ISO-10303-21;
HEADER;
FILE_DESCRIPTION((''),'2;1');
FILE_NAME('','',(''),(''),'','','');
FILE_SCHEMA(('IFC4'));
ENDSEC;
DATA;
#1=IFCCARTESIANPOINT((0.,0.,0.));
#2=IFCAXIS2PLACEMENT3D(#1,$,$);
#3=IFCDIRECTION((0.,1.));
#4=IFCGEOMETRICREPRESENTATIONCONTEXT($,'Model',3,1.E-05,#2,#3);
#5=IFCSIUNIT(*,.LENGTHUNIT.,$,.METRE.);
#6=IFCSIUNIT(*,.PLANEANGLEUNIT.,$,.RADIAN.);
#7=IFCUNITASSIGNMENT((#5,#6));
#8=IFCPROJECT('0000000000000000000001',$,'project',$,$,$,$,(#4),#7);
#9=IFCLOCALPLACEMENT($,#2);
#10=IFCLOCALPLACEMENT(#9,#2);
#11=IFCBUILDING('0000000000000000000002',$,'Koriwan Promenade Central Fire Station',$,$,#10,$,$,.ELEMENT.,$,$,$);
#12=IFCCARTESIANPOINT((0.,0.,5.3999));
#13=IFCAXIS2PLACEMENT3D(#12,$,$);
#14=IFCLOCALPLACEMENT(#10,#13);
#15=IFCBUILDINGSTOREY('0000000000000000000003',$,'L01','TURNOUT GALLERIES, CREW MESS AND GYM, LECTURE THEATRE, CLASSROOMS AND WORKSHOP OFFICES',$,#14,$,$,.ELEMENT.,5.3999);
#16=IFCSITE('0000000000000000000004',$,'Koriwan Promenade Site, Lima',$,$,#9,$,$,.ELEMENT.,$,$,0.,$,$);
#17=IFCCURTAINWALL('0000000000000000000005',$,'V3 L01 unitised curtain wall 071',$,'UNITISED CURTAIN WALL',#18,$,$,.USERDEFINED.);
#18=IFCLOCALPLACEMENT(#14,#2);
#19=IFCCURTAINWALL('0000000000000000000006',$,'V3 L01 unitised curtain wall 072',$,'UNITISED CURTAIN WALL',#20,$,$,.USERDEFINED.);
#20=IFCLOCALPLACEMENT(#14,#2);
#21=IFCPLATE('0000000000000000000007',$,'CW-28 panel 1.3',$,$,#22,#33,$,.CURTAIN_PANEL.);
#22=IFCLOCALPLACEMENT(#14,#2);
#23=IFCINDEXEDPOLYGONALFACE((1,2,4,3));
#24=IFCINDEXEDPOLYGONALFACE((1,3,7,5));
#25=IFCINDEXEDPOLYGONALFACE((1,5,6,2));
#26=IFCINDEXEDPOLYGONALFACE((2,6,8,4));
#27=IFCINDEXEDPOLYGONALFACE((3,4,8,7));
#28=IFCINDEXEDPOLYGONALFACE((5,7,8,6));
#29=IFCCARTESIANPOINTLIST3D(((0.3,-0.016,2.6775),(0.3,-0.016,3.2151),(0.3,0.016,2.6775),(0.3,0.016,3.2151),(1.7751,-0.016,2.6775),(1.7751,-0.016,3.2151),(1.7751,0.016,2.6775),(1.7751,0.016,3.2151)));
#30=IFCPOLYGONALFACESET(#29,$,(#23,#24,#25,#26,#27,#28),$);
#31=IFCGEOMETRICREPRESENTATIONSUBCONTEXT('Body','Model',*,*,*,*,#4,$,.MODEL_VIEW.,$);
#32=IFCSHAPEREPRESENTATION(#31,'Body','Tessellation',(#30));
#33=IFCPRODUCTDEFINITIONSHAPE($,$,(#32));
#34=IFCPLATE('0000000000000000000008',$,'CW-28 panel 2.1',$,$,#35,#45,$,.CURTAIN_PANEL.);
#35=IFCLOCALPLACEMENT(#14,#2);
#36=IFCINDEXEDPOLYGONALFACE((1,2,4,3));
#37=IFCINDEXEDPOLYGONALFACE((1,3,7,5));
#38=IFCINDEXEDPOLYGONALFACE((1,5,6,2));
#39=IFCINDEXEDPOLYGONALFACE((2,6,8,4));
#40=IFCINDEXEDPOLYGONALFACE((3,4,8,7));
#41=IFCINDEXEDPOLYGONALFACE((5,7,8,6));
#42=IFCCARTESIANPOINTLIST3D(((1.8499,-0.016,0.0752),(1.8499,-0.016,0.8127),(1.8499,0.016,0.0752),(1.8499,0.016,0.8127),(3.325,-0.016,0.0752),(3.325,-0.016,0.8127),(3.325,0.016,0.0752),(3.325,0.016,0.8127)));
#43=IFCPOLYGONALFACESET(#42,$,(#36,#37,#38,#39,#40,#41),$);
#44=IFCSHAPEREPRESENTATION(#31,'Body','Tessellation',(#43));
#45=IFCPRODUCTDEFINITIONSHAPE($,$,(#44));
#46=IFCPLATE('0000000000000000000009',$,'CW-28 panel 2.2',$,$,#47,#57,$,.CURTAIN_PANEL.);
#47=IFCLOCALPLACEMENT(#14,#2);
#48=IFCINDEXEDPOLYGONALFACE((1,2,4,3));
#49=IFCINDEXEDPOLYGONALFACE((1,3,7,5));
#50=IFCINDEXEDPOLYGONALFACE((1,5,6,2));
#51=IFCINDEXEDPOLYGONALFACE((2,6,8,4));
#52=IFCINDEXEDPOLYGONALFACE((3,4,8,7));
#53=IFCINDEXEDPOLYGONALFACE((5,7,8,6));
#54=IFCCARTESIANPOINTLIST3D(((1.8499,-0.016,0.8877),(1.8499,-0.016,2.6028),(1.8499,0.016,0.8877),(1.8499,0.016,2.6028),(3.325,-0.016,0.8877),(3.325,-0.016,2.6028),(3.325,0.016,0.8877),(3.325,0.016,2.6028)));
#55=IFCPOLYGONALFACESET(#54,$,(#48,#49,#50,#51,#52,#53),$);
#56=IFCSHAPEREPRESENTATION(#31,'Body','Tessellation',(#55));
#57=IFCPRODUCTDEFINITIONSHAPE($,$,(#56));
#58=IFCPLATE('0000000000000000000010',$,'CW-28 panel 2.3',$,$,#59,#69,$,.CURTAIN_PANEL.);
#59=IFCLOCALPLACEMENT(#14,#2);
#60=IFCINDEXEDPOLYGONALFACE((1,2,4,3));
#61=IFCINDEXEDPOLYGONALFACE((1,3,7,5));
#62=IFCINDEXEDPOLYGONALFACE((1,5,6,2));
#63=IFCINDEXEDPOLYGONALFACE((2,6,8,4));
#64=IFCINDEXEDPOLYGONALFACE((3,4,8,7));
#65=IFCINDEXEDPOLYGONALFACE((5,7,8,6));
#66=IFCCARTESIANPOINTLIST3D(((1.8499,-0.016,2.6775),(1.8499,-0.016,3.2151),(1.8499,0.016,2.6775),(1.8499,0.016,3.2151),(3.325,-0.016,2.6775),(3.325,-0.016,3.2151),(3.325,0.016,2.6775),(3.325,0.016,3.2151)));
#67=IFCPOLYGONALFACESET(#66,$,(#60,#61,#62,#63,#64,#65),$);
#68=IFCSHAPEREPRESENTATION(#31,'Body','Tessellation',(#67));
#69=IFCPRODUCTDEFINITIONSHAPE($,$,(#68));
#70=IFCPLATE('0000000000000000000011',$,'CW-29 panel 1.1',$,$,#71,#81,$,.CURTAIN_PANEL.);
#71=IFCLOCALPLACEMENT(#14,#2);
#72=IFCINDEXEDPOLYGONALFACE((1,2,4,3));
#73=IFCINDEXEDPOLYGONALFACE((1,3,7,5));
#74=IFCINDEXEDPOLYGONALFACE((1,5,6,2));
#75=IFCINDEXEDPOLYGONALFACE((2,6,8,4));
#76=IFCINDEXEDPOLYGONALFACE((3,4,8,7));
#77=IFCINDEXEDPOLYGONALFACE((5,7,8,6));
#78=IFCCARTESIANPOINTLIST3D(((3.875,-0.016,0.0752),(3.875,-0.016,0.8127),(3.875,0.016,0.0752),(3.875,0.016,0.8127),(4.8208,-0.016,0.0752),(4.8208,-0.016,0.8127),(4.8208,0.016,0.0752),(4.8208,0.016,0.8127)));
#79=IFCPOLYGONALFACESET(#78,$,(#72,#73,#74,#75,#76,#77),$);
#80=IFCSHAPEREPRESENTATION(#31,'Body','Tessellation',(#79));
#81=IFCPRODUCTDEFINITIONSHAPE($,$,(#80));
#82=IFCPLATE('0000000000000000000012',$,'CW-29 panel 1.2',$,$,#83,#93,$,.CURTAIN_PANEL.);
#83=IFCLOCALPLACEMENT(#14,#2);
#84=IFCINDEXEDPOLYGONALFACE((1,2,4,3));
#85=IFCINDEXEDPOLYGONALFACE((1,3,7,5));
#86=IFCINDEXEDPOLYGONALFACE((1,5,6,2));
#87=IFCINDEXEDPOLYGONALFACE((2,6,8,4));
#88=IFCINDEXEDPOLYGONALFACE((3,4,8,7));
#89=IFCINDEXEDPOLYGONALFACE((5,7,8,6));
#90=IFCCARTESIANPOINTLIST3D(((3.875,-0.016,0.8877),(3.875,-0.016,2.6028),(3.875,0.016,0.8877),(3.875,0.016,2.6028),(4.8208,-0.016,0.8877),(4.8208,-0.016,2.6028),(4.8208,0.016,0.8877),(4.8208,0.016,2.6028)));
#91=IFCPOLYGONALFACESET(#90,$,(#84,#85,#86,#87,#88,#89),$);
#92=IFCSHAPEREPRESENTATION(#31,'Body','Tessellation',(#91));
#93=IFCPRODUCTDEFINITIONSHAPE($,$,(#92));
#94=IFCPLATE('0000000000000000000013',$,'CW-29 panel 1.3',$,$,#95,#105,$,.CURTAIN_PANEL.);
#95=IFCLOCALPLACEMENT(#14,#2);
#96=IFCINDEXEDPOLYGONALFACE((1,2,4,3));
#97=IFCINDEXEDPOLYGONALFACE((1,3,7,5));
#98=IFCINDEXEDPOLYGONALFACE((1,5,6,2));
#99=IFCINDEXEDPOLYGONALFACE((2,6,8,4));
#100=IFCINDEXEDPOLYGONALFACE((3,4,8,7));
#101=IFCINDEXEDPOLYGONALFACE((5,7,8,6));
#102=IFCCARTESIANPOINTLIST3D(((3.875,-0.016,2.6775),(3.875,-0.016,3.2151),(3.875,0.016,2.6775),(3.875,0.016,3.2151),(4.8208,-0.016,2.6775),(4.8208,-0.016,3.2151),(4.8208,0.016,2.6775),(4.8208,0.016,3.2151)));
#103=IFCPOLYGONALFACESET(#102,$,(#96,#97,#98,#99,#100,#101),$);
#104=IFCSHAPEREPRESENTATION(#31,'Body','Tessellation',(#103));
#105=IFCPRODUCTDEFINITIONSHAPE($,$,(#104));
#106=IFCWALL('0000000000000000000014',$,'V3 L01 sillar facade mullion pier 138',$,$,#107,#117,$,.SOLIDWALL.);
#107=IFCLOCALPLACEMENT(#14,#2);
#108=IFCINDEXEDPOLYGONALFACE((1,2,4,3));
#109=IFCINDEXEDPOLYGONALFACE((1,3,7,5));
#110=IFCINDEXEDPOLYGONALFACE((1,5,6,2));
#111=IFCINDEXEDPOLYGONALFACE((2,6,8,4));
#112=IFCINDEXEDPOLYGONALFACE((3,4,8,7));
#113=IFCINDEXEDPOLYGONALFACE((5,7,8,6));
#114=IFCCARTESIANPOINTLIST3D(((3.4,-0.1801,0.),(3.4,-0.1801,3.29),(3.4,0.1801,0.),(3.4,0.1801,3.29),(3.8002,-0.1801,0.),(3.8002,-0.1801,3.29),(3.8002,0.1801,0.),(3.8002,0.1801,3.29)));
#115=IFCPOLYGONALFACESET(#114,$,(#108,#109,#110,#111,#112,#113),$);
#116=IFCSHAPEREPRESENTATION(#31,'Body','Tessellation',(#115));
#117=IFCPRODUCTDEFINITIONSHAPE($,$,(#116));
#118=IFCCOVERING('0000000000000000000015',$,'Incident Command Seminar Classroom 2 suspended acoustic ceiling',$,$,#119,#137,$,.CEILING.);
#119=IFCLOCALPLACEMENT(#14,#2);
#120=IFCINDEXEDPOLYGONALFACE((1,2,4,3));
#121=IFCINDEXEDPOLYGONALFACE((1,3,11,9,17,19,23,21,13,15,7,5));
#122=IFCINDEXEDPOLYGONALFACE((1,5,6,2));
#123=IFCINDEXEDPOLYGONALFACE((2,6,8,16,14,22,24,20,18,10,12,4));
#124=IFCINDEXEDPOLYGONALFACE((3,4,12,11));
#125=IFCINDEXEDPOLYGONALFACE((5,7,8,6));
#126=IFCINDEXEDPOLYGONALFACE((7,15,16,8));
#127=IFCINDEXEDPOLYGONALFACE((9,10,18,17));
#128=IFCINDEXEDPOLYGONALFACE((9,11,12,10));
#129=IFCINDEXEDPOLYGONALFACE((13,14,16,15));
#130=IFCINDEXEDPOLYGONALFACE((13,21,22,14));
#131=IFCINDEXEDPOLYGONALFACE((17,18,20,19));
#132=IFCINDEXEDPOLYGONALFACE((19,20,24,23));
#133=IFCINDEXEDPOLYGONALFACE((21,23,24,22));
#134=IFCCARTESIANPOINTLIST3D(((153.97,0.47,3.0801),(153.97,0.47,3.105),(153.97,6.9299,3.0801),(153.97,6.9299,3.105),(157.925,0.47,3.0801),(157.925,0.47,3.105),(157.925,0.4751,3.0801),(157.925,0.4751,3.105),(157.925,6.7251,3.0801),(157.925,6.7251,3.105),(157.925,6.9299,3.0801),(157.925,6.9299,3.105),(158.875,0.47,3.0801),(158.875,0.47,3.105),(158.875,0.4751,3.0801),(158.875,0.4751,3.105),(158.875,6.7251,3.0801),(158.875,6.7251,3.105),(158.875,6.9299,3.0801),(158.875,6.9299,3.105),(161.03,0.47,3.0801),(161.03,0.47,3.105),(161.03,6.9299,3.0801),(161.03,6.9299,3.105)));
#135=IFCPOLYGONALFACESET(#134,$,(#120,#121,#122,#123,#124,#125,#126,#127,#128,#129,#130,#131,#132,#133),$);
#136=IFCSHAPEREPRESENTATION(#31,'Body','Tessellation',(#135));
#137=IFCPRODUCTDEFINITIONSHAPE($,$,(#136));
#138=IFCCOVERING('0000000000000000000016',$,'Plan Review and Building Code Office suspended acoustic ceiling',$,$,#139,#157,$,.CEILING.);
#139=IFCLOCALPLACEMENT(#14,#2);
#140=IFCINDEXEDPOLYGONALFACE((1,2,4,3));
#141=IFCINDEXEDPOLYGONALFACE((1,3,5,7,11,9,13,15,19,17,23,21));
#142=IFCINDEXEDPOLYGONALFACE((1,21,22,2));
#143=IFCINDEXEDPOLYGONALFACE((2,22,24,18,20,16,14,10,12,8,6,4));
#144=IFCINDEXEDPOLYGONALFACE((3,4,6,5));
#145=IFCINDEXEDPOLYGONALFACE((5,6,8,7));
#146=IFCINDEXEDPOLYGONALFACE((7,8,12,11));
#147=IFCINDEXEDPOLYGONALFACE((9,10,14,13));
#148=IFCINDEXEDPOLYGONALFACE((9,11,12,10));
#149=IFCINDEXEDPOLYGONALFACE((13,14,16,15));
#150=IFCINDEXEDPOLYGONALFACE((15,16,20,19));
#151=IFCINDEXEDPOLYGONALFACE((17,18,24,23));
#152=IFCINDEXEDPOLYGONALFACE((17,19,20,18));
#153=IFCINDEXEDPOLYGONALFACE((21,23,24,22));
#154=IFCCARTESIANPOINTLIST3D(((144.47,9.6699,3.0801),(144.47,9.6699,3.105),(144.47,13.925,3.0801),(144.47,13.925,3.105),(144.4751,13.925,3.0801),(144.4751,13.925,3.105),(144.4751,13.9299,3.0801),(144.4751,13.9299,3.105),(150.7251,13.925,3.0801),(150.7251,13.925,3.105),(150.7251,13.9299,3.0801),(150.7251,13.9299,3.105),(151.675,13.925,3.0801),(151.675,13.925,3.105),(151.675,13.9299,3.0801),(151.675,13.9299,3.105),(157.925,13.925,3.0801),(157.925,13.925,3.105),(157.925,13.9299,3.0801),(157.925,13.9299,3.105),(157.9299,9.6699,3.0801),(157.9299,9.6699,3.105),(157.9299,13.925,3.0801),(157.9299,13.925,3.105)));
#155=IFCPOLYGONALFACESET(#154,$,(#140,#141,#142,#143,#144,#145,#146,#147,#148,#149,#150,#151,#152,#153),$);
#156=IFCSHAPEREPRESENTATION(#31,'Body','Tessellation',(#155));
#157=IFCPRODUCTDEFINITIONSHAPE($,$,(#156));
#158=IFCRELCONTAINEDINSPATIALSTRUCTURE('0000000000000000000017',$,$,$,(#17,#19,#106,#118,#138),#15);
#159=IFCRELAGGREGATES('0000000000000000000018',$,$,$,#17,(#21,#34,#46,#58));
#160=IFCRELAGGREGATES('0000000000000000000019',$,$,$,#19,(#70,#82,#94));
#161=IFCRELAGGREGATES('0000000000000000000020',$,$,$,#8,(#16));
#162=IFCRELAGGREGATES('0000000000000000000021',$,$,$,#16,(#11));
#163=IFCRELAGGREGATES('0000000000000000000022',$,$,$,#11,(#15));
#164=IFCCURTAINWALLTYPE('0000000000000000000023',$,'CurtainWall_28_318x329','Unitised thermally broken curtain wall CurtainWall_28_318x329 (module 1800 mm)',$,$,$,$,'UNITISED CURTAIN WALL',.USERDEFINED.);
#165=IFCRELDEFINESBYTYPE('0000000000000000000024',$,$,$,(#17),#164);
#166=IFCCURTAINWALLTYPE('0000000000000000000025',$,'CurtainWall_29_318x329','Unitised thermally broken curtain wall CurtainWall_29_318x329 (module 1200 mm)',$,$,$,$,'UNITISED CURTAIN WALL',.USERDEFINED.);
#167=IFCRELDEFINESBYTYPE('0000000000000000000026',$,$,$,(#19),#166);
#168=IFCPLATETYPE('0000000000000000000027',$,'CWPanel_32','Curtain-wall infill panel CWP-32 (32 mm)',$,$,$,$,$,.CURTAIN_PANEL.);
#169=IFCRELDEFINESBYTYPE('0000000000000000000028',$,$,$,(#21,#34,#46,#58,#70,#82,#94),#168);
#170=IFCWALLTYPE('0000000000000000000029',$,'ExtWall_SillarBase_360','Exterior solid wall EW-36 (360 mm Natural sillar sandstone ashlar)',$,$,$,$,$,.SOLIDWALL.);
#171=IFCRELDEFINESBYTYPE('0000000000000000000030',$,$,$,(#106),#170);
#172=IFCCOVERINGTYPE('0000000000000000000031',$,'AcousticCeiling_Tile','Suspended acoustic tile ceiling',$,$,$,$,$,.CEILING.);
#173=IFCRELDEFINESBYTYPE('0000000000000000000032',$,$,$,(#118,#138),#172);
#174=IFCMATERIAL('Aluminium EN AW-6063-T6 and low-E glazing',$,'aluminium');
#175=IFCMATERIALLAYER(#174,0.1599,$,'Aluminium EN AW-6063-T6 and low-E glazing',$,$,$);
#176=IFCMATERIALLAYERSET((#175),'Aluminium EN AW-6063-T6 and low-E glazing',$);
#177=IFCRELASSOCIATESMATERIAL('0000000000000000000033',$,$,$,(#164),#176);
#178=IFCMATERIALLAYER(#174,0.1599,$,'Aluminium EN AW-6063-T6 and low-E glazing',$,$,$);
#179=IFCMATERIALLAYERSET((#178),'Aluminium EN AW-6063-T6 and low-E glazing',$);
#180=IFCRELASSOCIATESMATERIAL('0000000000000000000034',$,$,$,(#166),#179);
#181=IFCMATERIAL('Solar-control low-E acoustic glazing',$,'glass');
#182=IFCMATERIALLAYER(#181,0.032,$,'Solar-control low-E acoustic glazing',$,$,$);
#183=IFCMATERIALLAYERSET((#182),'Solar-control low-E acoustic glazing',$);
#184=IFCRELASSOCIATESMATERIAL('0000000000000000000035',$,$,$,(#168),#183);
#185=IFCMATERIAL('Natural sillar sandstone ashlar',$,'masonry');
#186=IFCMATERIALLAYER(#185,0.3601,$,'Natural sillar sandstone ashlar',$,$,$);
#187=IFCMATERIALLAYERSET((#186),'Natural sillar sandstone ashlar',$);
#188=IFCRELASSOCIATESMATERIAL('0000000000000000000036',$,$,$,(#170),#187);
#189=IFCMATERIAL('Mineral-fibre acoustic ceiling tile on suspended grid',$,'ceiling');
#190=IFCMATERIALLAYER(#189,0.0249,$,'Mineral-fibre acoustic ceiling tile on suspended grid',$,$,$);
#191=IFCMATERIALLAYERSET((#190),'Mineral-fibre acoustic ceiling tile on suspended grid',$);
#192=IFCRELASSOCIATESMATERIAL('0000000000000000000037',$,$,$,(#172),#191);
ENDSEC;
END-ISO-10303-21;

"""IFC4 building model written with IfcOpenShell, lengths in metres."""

from ifc_helpers import new_model, si_unit, direction, frame, frame_2d, origin, origin_2d, place, context, subcontext, project, spatial, polyline, rectangle, outline, extrude, material, layer, layer_set, type_object, element, aggregate, save


model = new_model("IFC4")

# Units and contexts
model_context = context("Model", 3, precision=1e-05, world=origin(), true_north=direction((0.0, 1.0)))
body_context = subcontext(model_context, "Body", "Model", "MODEL_VIEW")
ifc_project = project(units=[si_unit("LENGTHUNIT", "METRE"), si_unit("PLANEANGLEUNIT", "RADIAN")], contexts=[model_context])

# Site, building, storey
site_placement = place(None, origin())
site = spatial("IfcSite", under=ifc_project, at=site_placement, Name="Koriwan Promenade Site, Lima", CompositionType="ELEMENT", RefElevation=0.0)
building_placement = place(site_placement, origin())
building = spatial("IfcBuilding", under=site, at=building_placement, Name="Koriwan Promenade Central Fire Station", CompositionType="ELEMENT")
storey_placement = place(building_placement, frame((0.0, 0.0, 5.3999)))
storey = spatial("IfcBuildingStorey", under=building, at=storey_placement, Name="L01", Description="TURNOUT GALLERIES, CREW MESS AND GYM, LECTURE THEATRE, CLASSROOMS AND WORKSHOP OFFICES", CompositionType="ELEMENT", Elevation=5.3999)

# Curtain walls
ifc_material_1 = material(Name="Aluminium EN AW-6063-T6 and low-E glazing", Category="aluminium")
ifc_layer_1 = layer(ifc_material_1, 0.1599, Name="Aluminium EN AW-6063-T6 and low-E glazing")
ifc_layer_set_1 = layer_set([ifc_layer_1], Name="Aluminium EN AW-6063-T6 and low-E glazing")
curtain_wall_type_1 = type_object("IfcCurtainWallType", Name="CurtainWall_28_318x329", Description="Unitised thermally broken curtain wall CurtainWall_28_318x329 (module 1800 mm)", ElementType="UNITISED CURTAIN WALL", PredefinedType="USERDEFINED", material=ifc_layer_set_1)
curtain_wall_1_placement = place(storey_placement, origin())
curtain_wall_1 = element("IfcCurtainWall", 1, at=curtain_wall_1_placement, inside=storey, type_object=curtain_wall_type_1, Name="V3 L01 unitised curtain wall 071", ObjectType="UNITISED CURTAIN WALL", PredefinedType="USERDEFINED")
ifc_layer_2 = layer(ifc_material_1, 0.1599, Name="Aluminium EN AW-6063-T6 and low-E glazing")
ifc_layer_set_2 = layer_set([ifc_layer_2], Name="Aluminium EN AW-6063-T6 and low-E glazing")
curtain_wall_type_2 = type_object("IfcCurtainWallType", Name="CurtainWall_29_318x329", Description="Unitised thermally broken curtain wall CurtainWall_29_318x329 (module 1200 mm)", ElementType="UNITISED CURTAIN WALL", PredefinedType="USERDEFINED", material=ifc_layer_set_2)
curtain_wall_2_placement = place(storey_placement, origin())
curtain_wall_2 = element("IfcCurtainWall", 2, at=curtain_wall_2_placement, inside=storey, type_object=curtain_wall_type_2, Name="V3 L01 unitised curtain wall 072", ObjectType="UNITISED CURTAIN WALL", PredefinedType="USERDEFINED")

# Plates
ifc_material_2 = material(Name="Solar-control low-E acoustic glazing", Category="glass")
ifc_layer_3 = layer(ifc_material_2, 0.032, Name="Solar-control low-E acoustic glazing")
ifc_layer_set_3 = layer_set([ifc_layer_3], Name="Solar-control low-E acoustic glazing")
plate_type = type_object("IfcPlateType", Name="CWPanel_32", Description="Curtain-wall infill panel CWP-32 (32 mm)", PredefinedType="CURTAIN_PANEL", material=ifc_layer_set_3)
plate_1_placement = place(storey_placement, frame((1.0376, 0.0, 2.6775), z_axis=(0.0, 0.0, 1.0), x_axis=(1.0, 0.0, 0.0)))
plate_1 = element("IfcPlate", 3, at=plate_1_placement, type_object=plate_type, Name="CW-28 panel 1.3", PredefinedType="CURTAIN_PANEL", context=body_context, shape_type="SweptSolid", body=[
    extrude(rectangle(XDim=1.4751, YDim=0.032, at=origin_2d()), origin(), (0.0, 0.0, 1.0), 0.5376),
])
plate_2_placement = place(storey_placement, frame((2.5874, 0.0, 0.0752), z_axis=(0.0, 0.0, 1.0), x_axis=(1.0, 0.0, 0.0)))
plate_2 = element("IfcPlate", 4, at=plate_2_placement, type_object=plate_type, Name="CW-28 panel 2.1", PredefinedType="CURTAIN_PANEL", context=body_context, shape_type="SweptSolid", body=[
    extrude(rectangle(XDim=1.4751, YDim=0.032, at=origin_2d()), origin(), (0.0, 0.0, 1.0), 0.7375),
])
plate_3_placement = place(storey_placement, frame((2.5874, 0.0, 0.8877), z_axis=(0.0, 0.0, 1.0), x_axis=(1.0, 0.0, 0.0)))
plate_3 = element("IfcPlate", 5, at=plate_3_placement, type_object=plate_type, Name="CW-28 panel 2.2", PredefinedType="CURTAIN_PANEL", context=body_context, shape_type="SweptSolid", body=[
    extrude(rectangle(XDim=1.4751, YDim=0.032, at=origin_2d()), origin(), (0.0, 0.0, 1.0), 1.7151),
])
plate_4_placement = place(storey_placement, frame((2.5874, 0.0, 2.6775), z_axis=(0.0, 0.0, 1.0), x_axis=(1.0, 0.0, 0.0)))
plate_4 = element("IfcPlate", 6, at=plate_4_placement, type_object=plate_type, Name="CW-28 panel 2.3", PredefinedType="CURTAIN_PANEL", context=body_context, shape_type="SweptSolid", body=[
    extrude(rectangle(XDim=1.4751, YDim=0.032, at=origin_2d()), origin(), (0.0, 0.0, 1.0), 0.5376),
])
aggregate(curtain_wall_1, [plate_1, plate_2, plate_3, plate_4])
plate_5_placement = place(storey_placement, frame((4.3479, 0.0, 0.0752), z_axis=(0.0, 0.0, 1.0), x_axis=(1.0, 0.0, 0.0)))
plate_5 = element("IfcPlate", 7, at=plate_5_placement, type_object=plate_type, Name="CW-29 panel 1.1", PredefinedType="CURTAIN_PANEL", context=body_context, shape_type="SweptSolid", body=[
    extrude(rectangle(XDim=0.9458, YDim=0.032, at=origin_2d()), origin(), (0.0, 0.0, 1.0), 0.7375),
])
plate_6_placement = place(storey_placement, frame((4.3479, 0.0, 0.8877), z_axis=(0.0, 0.0, 1.0), x_axis=(1.0, 0.0, 0.0)))
plate_6 = element("IfcPlate", 8, at=plate_6_placement, type_object=plate_type, Name="CW-29 panel 1.2", PredefinedType="CURTAIN_PANEL", context=body_context, shape_type="SweptSolid", body=[
    extrude(rectangle(XDim=0.9458, YDim=0.032, at=origin_2d()), origin(), (0.0, 0.0, 1.0), 1.7151),
])
plate_7_placement = place(storey_placement, frame((4.3479, 0.0, 2.6775), z_axis=(0.0, 0.0, 1.0), x_axis=(1.0, 0.0, 0.0)))
plate_7 = element("IfcPlate", 9, at=plate_7_placement, type_object=plate_type, Name="CW-29 panel 1.3", PredefinedType="CURTAIN_PANEL", context=body_context, shape_type="SweptSolid", body=[
    extrude(rectangle(XDim=0.9458, YDim=0.032, at=origin_2d()), origin(), (0.0, 0.0, 1.0), 0.5376),
])
aggregate(curtain_wall_2, [plate_5, plate_6, plate_7])

# Wall
ifc_material_3 = material(Name="Natural sillar sandstone ashlar", Category="masonry")
ifc_layer_4 = layer(ifc_material_3, 0.3601, Name="Natural sillar sandstone ashlar")
ifc_layer_set_4 = layer_set([ifc_layer_4], Name="Natural sillar sandstone ashlar")
wall_type = type_object("IfcWallType", Name="ExtWall_SillarBase_360", Description="Exterior solid wall EW-36 (360 mm Natural sillar sandstone ashlar)", PredefinedType="SOLIDWALL", material=ifc_layer_set_4)
wall_placement = place(storey_placement, frame((3.3999, 0.0, 0.0), z_axis=(0.0, 0.0, 1.0), x_axis=(1.0, 0.0, 0.0)))
element("IfcWall", 10, at=wall_placement, inside=storey, type_object=wall_type, Name="V3 L01 sillar facade mullion pier 138", PredefinedType="SOLIDWALL", context=body_context, shape_type="SweptSolid", body=[
    extrude(rectangle(XDim=0.4001, YDim=0.3601, at=frame_2d((0.2002, 0.0))), origin(), (0.0, 0.0, 1.0), 3.29),
])

# Coverings
ifc_material_4 = material(Name="Mineral-fibre acoustic ceiling tile on suspended grid", Category="ceiling")
ifc_layer_5 = layer(ifc_material_4, 0.0249, Name="Mineral-fibre acoustic ceiling tile on suspended grid")
ifc_layer_set_5 = layer_set([ifc_layer_5], Name="Mineral-fibre acoustic ceiling tile on suspended grid")
covering_type = type_object("IfcCoveringType", Name="AcousticCeiling_Tile", Description="Suspended acoustic tile ceiling", PredefinedType="CEILING", material=ifc_layer_set_5)
covering_1_placement = place(storey_placement, frame((0.0, 0.0, 3.0801)))
element("IfcCovering", 11, at=covering_1_placement, inside=storey, type_object=covering_type, Name="Incident Command Seminar Classroom 2 suspended acoustic ceiling", PredefinedType="CEILING", context=body_context, shape_type="SweptSolid", body=[
    extrude(outline(polyline([(153.97, 0.47), (153.97, 6.9299), (157.925, 6.9299), (157.925, 6.7251), (158.875, 6.7251), (158.875, 6.9299), (161.03, 6.9299), (161.03, 0.47), (158.875, 0.47), (158.875, 0.4751), (157.925, 0.4751), (157.925, 0.47), (153.97, 0.47)])), origin(), (0.0, 0.0, 1.0), 0.0249),
])
covering_2_placement = place(storey_placement, frame((0.0, 0.0, 3.0801)))
element("IfcCovering", 12, at=covering_2_placement, inside=storey, type_object=covering_type, Name="Plan Review and Building Code Office suspended acoustic ceiling", PredefinedType="CEILING", context=body_context, shape_type="SweptSolid", body=[
    extrude(outline(polyline([(151.675, 13.9299), (157.925, 13.9299), (157.925, 13.925), (157.9299, 13.925), (157.9299, 9.6699), (144.47, 9.6699), (144.47, 13.925), (144.4751, 13.925), (144.4751, 13.9299), (150.7251, 13.9299), (150.7251, 13.925), (151.675, 13.925), (151.675, 13.9299)])), origin(), (0.0, 0.0, 1.0), 0.0249),
])

save(model, "model.ifc")
